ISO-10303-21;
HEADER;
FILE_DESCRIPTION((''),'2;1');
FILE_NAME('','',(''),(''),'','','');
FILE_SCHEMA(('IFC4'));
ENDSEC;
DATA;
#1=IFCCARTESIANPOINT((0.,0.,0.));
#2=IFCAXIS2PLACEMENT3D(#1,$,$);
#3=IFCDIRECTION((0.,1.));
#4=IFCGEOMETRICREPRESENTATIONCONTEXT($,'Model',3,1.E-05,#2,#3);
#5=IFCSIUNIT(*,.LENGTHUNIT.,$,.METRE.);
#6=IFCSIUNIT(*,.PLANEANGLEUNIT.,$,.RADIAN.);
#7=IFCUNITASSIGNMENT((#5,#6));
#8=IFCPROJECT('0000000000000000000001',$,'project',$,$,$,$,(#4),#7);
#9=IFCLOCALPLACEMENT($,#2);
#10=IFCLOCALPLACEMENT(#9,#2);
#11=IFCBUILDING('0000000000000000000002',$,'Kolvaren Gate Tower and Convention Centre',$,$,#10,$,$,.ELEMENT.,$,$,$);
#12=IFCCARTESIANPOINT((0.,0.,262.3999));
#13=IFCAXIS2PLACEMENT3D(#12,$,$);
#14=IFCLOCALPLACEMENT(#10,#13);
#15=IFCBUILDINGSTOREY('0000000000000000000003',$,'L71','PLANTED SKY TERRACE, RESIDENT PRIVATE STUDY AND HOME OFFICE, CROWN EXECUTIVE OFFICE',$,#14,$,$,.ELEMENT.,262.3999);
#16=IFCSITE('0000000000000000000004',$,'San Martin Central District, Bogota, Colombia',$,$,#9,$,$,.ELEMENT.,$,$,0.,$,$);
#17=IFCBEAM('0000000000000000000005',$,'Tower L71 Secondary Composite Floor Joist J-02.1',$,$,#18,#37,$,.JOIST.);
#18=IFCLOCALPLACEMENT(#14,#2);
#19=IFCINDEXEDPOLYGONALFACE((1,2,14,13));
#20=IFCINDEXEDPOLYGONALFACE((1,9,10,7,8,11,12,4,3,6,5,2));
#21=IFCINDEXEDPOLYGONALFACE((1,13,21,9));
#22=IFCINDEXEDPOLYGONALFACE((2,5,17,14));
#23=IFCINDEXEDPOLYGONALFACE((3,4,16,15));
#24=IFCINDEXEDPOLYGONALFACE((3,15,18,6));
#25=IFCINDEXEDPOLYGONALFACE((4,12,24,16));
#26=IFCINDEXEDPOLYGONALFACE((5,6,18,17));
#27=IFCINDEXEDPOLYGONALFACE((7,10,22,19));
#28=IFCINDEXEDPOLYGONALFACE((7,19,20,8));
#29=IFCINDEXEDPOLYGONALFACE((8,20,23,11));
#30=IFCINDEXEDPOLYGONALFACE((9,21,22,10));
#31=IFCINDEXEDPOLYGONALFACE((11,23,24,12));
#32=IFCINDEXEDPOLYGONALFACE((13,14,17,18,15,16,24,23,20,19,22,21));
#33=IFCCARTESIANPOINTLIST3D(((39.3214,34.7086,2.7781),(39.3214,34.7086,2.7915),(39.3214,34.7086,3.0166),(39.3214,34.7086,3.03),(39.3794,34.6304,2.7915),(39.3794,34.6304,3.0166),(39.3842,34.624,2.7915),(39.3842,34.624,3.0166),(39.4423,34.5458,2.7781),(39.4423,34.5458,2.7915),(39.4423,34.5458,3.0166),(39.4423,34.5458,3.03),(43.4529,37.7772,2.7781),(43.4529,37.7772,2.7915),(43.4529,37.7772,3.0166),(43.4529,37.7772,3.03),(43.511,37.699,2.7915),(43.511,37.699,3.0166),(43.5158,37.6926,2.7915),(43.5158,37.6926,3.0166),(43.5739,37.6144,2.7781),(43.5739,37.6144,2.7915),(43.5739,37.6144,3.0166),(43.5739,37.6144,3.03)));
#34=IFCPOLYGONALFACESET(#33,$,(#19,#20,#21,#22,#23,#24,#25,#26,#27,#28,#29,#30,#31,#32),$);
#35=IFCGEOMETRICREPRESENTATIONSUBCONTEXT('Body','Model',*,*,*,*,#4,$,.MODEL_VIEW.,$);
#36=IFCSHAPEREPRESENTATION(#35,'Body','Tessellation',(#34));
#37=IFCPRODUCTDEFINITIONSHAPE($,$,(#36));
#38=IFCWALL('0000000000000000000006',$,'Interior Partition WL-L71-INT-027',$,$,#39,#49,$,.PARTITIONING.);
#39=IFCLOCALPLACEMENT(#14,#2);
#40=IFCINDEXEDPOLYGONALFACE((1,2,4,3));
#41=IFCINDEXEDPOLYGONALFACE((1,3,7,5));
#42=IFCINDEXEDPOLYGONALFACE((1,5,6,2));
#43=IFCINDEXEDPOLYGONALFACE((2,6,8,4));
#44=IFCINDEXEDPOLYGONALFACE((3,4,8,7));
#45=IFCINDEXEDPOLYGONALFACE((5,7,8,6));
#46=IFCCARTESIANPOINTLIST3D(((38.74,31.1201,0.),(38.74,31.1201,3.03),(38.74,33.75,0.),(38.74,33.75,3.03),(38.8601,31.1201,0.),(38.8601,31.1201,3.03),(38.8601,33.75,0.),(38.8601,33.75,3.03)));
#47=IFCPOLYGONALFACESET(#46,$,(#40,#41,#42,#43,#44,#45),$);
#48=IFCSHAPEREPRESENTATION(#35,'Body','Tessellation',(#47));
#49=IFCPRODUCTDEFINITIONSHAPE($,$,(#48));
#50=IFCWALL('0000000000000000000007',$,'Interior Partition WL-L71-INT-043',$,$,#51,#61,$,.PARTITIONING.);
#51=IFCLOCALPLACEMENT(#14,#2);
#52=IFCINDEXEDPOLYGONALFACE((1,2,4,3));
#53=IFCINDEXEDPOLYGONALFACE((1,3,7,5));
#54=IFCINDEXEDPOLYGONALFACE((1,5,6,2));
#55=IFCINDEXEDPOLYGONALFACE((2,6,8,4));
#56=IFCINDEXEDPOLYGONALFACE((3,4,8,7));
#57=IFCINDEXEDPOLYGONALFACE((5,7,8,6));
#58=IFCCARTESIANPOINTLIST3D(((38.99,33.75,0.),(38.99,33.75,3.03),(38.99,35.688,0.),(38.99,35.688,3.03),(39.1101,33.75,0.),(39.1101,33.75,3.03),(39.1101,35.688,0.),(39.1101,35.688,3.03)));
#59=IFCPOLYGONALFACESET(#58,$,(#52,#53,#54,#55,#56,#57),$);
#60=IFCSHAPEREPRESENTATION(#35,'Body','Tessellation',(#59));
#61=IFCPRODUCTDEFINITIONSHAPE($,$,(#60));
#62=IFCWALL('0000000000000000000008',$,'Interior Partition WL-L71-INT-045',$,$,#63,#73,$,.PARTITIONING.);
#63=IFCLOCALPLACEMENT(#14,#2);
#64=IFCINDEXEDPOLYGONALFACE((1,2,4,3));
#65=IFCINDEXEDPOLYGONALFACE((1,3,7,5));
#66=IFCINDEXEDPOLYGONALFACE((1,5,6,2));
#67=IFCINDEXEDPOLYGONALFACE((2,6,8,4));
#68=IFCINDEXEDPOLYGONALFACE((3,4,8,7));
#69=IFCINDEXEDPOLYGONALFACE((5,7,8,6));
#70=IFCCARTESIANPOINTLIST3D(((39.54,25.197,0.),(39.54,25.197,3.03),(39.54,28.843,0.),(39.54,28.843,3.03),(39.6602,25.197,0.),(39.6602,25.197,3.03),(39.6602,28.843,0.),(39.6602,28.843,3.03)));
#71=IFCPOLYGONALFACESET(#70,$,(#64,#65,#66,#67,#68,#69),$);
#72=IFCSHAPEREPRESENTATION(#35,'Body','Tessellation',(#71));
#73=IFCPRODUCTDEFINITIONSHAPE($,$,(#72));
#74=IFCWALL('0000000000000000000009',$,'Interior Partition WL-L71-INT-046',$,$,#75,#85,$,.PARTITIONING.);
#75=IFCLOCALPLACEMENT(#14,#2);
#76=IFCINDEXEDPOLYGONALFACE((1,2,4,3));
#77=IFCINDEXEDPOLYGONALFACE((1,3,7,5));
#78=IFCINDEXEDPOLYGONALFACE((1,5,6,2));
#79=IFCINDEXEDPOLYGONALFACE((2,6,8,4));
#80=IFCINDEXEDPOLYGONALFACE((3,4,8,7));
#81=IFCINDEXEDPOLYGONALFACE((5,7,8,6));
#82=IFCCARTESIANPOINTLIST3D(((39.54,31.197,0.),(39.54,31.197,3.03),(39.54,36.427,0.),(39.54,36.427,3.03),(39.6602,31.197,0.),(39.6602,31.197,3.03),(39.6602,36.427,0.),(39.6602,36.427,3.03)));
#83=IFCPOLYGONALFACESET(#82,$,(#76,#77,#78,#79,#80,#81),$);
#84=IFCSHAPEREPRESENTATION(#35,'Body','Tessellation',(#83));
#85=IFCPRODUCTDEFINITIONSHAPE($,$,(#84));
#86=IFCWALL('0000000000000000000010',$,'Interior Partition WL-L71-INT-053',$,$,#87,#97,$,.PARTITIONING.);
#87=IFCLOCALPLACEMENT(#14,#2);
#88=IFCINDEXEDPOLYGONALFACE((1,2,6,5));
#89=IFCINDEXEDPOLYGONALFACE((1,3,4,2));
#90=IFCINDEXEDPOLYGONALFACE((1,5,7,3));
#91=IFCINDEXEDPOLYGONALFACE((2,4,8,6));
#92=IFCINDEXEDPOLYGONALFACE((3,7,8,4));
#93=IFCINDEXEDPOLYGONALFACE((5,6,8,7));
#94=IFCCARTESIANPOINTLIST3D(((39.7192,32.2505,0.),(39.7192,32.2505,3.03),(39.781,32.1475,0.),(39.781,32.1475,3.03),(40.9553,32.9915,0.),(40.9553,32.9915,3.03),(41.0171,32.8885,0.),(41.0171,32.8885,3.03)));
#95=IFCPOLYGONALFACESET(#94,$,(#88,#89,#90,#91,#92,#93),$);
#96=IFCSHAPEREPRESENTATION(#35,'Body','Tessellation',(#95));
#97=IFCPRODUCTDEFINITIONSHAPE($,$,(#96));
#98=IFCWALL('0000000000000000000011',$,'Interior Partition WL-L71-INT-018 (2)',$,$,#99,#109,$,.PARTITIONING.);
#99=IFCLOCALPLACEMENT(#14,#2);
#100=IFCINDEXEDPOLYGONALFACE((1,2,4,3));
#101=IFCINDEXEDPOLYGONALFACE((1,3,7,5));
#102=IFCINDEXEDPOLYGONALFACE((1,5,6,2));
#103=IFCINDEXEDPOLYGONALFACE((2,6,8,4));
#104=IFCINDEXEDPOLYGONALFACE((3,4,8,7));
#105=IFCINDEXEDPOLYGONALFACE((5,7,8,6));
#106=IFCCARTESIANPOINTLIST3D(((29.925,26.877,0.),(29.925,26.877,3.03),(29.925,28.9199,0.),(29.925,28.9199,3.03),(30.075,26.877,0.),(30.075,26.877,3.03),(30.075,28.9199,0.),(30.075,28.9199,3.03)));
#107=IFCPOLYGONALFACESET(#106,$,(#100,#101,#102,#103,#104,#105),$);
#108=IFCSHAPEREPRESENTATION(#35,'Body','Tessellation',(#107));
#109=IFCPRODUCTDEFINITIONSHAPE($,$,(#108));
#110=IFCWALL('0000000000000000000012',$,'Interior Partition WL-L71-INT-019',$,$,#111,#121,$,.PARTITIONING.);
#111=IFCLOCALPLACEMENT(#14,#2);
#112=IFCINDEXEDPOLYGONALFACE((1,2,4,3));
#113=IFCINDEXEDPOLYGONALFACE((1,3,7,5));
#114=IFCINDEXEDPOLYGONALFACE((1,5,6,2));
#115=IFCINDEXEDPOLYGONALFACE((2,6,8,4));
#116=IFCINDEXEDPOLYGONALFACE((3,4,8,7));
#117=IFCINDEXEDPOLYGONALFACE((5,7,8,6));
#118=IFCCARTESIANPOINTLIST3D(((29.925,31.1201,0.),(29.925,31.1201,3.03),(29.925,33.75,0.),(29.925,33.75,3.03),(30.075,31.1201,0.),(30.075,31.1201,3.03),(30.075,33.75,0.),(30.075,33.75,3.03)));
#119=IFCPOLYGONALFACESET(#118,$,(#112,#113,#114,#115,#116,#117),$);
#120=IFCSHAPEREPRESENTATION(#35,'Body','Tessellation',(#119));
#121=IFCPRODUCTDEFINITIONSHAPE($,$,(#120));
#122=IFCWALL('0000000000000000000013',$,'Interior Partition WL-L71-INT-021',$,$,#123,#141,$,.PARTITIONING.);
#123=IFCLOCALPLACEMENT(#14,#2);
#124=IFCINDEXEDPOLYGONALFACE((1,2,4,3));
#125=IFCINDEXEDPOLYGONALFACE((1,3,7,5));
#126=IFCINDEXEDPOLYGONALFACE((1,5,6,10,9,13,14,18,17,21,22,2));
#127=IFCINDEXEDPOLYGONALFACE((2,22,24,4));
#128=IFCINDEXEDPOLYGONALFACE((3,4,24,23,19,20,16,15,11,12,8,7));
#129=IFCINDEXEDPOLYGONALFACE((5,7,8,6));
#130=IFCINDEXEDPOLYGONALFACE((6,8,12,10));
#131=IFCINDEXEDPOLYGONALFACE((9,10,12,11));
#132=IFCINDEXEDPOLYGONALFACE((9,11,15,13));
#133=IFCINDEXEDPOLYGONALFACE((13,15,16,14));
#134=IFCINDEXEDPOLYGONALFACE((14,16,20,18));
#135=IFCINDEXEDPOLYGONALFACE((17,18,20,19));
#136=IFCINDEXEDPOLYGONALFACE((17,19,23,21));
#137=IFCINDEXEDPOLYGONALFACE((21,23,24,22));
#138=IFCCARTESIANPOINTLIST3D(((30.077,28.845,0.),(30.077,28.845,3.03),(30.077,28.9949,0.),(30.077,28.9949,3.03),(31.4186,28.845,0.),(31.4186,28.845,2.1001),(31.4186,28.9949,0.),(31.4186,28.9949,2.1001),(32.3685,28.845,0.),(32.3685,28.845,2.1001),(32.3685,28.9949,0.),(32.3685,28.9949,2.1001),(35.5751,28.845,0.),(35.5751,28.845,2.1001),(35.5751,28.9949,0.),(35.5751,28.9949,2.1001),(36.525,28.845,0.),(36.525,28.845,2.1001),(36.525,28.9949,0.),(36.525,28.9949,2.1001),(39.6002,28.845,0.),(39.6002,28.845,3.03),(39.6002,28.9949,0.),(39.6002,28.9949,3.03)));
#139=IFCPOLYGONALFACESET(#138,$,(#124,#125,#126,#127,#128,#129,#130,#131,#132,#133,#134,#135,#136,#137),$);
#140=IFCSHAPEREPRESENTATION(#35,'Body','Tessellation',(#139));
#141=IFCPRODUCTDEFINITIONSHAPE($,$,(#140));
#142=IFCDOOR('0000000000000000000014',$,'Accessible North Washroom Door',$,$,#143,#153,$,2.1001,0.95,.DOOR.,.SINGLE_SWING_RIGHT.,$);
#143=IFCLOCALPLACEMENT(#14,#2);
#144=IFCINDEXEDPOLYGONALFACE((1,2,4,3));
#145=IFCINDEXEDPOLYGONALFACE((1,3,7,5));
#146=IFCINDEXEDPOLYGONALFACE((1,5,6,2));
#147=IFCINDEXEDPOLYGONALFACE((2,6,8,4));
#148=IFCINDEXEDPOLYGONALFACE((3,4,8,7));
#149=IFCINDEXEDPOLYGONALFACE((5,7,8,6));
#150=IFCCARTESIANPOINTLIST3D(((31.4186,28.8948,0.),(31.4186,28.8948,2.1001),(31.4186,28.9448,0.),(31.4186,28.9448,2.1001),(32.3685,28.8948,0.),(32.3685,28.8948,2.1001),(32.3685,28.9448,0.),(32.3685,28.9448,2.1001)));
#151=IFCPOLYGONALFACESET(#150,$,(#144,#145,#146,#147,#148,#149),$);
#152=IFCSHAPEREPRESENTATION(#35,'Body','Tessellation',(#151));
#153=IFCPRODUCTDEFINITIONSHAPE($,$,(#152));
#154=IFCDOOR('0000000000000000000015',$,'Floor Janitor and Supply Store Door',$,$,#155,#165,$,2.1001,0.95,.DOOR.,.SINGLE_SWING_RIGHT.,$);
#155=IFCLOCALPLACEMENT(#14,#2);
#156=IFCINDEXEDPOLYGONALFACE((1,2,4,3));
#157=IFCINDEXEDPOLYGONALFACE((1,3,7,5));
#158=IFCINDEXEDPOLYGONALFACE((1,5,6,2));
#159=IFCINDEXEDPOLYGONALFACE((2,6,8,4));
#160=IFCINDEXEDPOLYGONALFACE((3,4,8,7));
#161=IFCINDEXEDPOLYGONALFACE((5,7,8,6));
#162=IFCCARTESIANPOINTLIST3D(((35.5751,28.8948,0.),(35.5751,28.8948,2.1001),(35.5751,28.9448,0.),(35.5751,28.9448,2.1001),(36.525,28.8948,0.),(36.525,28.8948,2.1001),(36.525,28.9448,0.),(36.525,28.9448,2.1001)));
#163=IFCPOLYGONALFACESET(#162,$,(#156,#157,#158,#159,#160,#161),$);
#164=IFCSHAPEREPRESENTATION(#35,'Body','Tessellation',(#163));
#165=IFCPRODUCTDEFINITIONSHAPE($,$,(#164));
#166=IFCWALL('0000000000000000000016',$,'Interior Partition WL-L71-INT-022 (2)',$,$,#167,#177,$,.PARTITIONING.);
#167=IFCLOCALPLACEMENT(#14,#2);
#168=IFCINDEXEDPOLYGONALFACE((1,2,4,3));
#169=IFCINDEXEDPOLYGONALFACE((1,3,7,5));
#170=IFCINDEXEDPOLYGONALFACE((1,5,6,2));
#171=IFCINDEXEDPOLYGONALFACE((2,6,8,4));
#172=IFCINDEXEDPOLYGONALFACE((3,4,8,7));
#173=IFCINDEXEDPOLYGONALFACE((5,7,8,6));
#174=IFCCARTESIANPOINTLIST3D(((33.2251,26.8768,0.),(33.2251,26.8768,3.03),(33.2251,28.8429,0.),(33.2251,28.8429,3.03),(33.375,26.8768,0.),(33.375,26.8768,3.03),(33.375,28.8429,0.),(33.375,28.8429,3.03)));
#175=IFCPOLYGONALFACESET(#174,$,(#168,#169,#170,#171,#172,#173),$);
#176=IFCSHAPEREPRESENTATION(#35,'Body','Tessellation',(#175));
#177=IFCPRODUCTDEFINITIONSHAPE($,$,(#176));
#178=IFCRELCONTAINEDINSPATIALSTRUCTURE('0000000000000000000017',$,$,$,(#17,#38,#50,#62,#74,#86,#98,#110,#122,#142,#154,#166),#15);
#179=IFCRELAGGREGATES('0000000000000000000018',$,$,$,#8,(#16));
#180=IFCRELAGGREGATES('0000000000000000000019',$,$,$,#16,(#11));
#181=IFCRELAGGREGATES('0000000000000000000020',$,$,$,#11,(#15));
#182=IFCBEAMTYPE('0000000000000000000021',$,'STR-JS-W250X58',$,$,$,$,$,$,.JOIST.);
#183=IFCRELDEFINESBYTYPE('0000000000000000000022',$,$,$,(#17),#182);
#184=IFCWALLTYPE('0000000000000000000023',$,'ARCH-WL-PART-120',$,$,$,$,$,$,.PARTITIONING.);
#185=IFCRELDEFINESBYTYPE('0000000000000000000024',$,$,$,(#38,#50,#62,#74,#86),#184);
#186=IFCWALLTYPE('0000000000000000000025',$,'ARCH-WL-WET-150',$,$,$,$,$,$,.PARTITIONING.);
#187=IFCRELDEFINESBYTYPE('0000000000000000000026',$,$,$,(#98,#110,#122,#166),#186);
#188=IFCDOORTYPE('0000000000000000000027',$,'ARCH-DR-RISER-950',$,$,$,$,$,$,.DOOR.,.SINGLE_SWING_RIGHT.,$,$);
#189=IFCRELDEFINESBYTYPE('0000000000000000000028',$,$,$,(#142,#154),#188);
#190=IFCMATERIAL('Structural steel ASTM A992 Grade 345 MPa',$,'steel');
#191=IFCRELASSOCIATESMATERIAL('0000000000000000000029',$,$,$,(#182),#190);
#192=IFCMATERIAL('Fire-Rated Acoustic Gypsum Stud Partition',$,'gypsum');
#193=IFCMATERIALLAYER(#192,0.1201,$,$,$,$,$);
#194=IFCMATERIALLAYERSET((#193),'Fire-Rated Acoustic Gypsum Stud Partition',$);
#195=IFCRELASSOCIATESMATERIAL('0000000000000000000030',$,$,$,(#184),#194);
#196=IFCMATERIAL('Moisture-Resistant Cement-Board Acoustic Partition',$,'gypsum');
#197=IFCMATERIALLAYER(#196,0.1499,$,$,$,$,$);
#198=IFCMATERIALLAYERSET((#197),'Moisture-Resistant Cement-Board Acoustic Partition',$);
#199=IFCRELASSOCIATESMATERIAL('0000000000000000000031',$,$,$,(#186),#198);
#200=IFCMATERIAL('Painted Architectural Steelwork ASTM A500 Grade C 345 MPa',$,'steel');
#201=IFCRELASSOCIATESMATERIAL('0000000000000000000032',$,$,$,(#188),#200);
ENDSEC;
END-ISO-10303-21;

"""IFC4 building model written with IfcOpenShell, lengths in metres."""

from ifc_helpers import new_model, si_unit, direction, frame, frame_2d, origin, origin_2d, place, context, subcontext, project, spatial, rectangle, i_section, extrude, material, layer, layer_set, material_profile, profile_set, type_object, element, fill, save


model = new_model("IFC4")

# Units and contexts
model_context = context("Model", 3, precision=1e-05, world=origin(), true_north=direction((0.0, 1.0)))
body_context = subcontext(model_context, "Body", "Model", "MODEL_VIEW")
ifc_project = project(units=[si_unit("LENGTHUNIT", "METRE"), si_unit("PLANEANGLEUNIT", "RADIAN")], contexts=[model_context])

# Site, building, storey
site_placement = place(None, origin())
site = spatial("IfcSite", under=ifc_project, at=site_placement, Name="San Martin Central District, Bogota, Colombia", CompositionType="ELEMENT", RefElevation=0.0)
building_placement = place(site_placement, origin())
building = spatial("IfcBuilding", under=site, at=building_placement, Name="Kolvaren Gate Tower and Convention Centre", CompositionType="ELEMENT")
storey_placement = place(building_placement, frame((0.0, 0.0, 262.3999)))
storey = spatial("IfcBuildingStorey", under=building, at=storey_placement, Name="L71", Description="PLANTED SKY TERRACE, RESIDENT PRIVATE STUDY AND HOME OFFICE, CROWN EXECUTIVE OFFICE", CompositionType="ELEMENT", Elevation=262.3999)

# Beam
ifc_material_1 = material(Name="Structural steel ASTM A992 Grade 345 MPa", Category="steel")
ifc_material_profile = material_profile(ifc_material_1, i_section(OverallWidth=0.2029, OverallDepth=0.252, WebThickness=0.0081, FlangeThickness=0.0134, at=origin_2d()), Name="W250X58")
ifc_profile_set = profile_set([ifc_material_profile], Name="Structural steel ASTM A992 Grade 345 MPa")
beam_type = type_object("IfcBeamType", Name="STR-JS-W250X58", PredefinedType="JOIST", material=ifc_profile_set)
beam_placement = place(storey_placement, frame((39.3818, 34.6272, 2.9041), z_axis=(0.802798, 0.596252, 0.0), x_axis=(-0.596252, 0.802798, 0.0)))
element("IfcBeam", 1, at=beam_placement, inside=storey, type_object=beam_type, Name="Tower L71 Secondary Composite Floor Joist J-02.1", PredefinedType="JOIST", context=body_context, shape_type="SweptSolid", body=[
    extrude(i_section(OverallWidth=0.2029, OverallDepth=0.252, WebThickness=0.0081, FlangeThickness=0.0134, at=origin_2d()), origin(), (0.0, 0.0, 1.0), 5.1465),
])

# Walls
ifc_material_2 = material(Name="Fire-Rated Acoustic Gypsum Stud Partition", Category="gypsum")
ifc_layer_1 = layer(ifc_material_2, 0.1201)
ifc_layer_set_1 = layer_set([ifc_layer_1], Name="Fire-Rated Acoustic Gypsum Stud Partition")
wall_type_1 = type_object("IfcWallType", Name="ARCH-WL-PART-120", PredefinedType="PARTITIONING", material=ifc_layer_set_1)
wall_1_placement = place(storey_placement, frame((38.8, 31.1201, 0.0), z_axis=(0.0, 0.0, 1.0), x_axis=(0.0, 1.0, 0.0)))
element("IfcWall", 2, at=wall_1_placement, inside=storey, type_object=wall_type_1, Name="Interior Partition WL-L71-INT-027", PredefinedType="PARTITIONING", context=body_context, shape_type="SweptSolid", body=[
    extrude(rectangle(XDim=2.6299, YDim=0.1201, at=frame_2d((1.3149, 0.0))), origin(), (0.0, 0.0, 1.0), 3.03),
])
wall_2_placement = place(storey_placement, frame((39.05, 33.75, 0.0), z_axis=(0.0, 0.0, 1.0), x_axis=(0.0, 1.0, 0.0)))
element("IfcWall", 3, at=wall_2_placement, inside=storey, type_object=wall_type_1, Name="Interior Partition WL-L71-INT-043", PredefinedType="PARTITIONING", context=body_context, shape_type="SweptSolid", body=[
    extrude(rectangle(XDim=1.938, YDim=0.1201, at=frame_2d((0.969, 0.0))), origin(), (0.0, 0.0, 1.0), 3.03),
])
wall_3_placement = place(storey_placement, frame((39.6001, 25.197, 0.0), z_axis=(0.0, 0.0, 1.0), x_axis=(0.0, 1.0, 0.0)))
element("IfcWall", 4, at=wall_3_placement, inside=storey, type_object=wall_type_1, Name="Interior Partition WL-L71-INT-045", PredefinedType="PARTITIONING", context=body_context, shape_type="SweptSolid", body=[
    extrude(rectangle(XDim=3.646, YDim=0.1201, at=frame_2d((1.823, 0.0))), origin(), (0.0, 0.0, 1.0), 3.03),
])
wall_4_placement = place(storey_placement, frame((39.6001, 31.197, 0.0), z_axis=(0.0, 0.0, 1.0), x_axis=(0.0, 1.0, 0.0)))
element("IfcWall", 5, at=wall_4_placement, inside=storey, type_object=wall_type_1, Name="Interior Partition WL-L71-INT-046", PredefinedType="PARTITIONING", context=body_context, shape_type="SweptSolid", body=[
    extrude(rectangle(XDim=5.23, YDim=0.1201, at=frame_2d((2.615, 0.0))), origin(), (0.0, 0.0, 1.0), 3.03),
])
wall_5_placement = place(storey_placement, frame((39.75, 32.199, 0.0), z_axis=(0.0, 0.0, 1.0), x_axis=(0.857702, 0.514147, 0.0)))
element("IfcWall", 6, at=wall_5_placement, inside=storey, type_object=wall_type_1, Name="Interior Partition WL-L71-INT-053", PredefinedType="PARTITIONING", context=body_context, shape_type="SweptSolid", body=[
    extrude(rectangle(XDim=1.4412, YDim=0.1201, at=frame_2d((0.7207, 0.0))), origin(), (0.0, 0.0, 1.0), 3.03),
])
ifc_material_3 = material(Name="Moisture-Resistant Cement-Board Acoustic Partition", Category="gypsum")
ifc_layer_2 = layer(ifc_material_3, 0.1499)
ifc_layer_set_2 = layer_set([ifc_layer_2], Name="Moisture-Resistant Cement-Board Acoustic Partition")
wall_type_2 = type_object("IfcWallType", Name="ARCH-WL-WET-150", PredefinedType="PARTITIONING", material=ifc_layer_set_2)
wall_6_placement = place(storey_placement, frame((30.0, 26.877, 0.0), z_axis=(0.0, 0.0, 1.0), x_axis=(0.0, 1.0, 0.0)))
element("IfcWall", 7, at=wall_6_placement, inside=storey, type_object=wall_type_2, Name="Interior Partition WL-L71-INT-018 (2)", PredefinedType="PARTITIONING", context=body_context, shape_type="SweptSolid", body=[
    extrude(rectangle(XDim=2.043, YDim=0.1499, at=frame_2d((1.0215, 0.0))), origin(), (0.0, 0.0, 1.0), 3.03),
])
wall_7_placement = place(storey_placement, frame((30.0, 31.1201, 0.0), z_axis=(0.0, 0.0, 1.0), x_axis=(0.0, 1.0, 0.0)))
element("IfcWall", 8, at=wall_7_placement, inside=storey, type_object=wall_type_2, Name="Interior Partition WL-L71-INT-019", PredefinedType="PARTITIONING", context=body_context, shape_type="SweptSolid", body=[
    extrude(rectangle(XDim=2.6299, YDim=0.1499, at=frame_2d((1.3149, 0.0))), origin(), (0.0, 0.0, 1.0), 3.03),
])

# Wall, openings, doors
wall_8_placement = place(storey_placement, frame((30.0769, 28.9199, 0.0), z_axis=(0.0, 0.0, 1.0), x_axis=(1.0, 0.0, 0.0)))
wall_8 = element("IfcWall", 9, at=wall_8_placement, inside=storey, type_object=wall_type_2, Name="Interior Partition WL-L71-INT-021", PredefinedType="PARTITIONING", context=body_context, shape_type="SweptSolid", body=[
    extrude(rectangle(XDim=9.5232, YDim=0.1499, at=frame_2d((4.7617, 0.0))), origin(), (0.0, 0.0, 1.0), 3.03),
])
opening_1_placement = place(wall_8_placement, frame((1.3416, 0.0, 0.0)))
opening_1 = element("IfcOpeningElement", 10, at=opening_1_placement, cuts=wall_8, PredefinedType="OPENING", context=body_context, shape_type="SweptSolid", body=[
    extrude(rectangle(XDim=0.95, YDim=2.1001, at=frame_2d((0.4751, 1.05))), frame((0.0, 0.085, 0.0), z_axis=(0.0, -1.0, 0.0), x_axis=(1.0, 0.0, 0.0)), (0.0, 0.0, 1.0), 0.1699),
])
opening_2_placement = place(wall_8_placement, frame((5.498, 0.0, 0.0)))
opening_2 = element("IfcOpeningElement", 11, at=opening_2_placement, cuts=wall_8, PredefinedType="OPENING", context=body_context, shape_type="SweptSolid", body=[
    extrude(rectangle(XDim=0.95, YDim=2.1001, at=frame_2d((0.4751, 1.05))), frame((0.0, 0.085, 0.0), z_axis=(0.0, -1.0, 0.0), x_axis=(1.0, 0.0, 0.0)), (0.0, 0.0, 1.0), 0.1699),
])
ifc_material_4 = material(Name="Painted Architectural Steelwork ASTM A500 Grade C 345 MPa", Category="steel")
door_type = type_object("IfcDoorType", Name="ARCH-DR-RISER-950", OperationType="SINGLE_SWING_RIGHT", PredefinedType="DOOR", material=ifc_material_4)
door_1_placement = place(opening_1_placement, origin())
door_1 = element("IfcDoor", 12, at=door_1_placement, inside=storey, type_object=door_type, Name="Accessible North Washroom Door", OperationType="SINGLE_SWING_RIGHT", OverallHeight=2.1001, OverallWidth=0.95, PredefinedType="DOOR", context=body_context, shape_type="SweptSolid", body=[
    extrude(rectangle(XDim=0.95, YDim=2.1001, at=frame_2d((0.4751, 1.05))), frame((0.0, 0.0249, 0.0), z_axis=(0.0, -1.0, 0.0), x_axis=(1.0, 0.0, 0.0)), (0.0, 0.0, 1.0), 0.05),
])
fill(opening_1, door_1)
door_2_placement = place(opening_2_placement, origin())
door_2 = element("IfcDoor", 13, at=door_2_placement, inside=storey, type_object=door_type, Name="Floor Janitor and Supply Store Door", OperationType="SINGLE_SWING_RIGHT", OverallHeight=2.1001, OverallWidth=0.95, PredefinedType="DOOR", context=body_context, shape_type="SweptSolid", body=[
    extrude(rectangle(XDim=0.95, YDim=2.1001, at=frame_2d((0.4751, 1.05))), frame((0.0, 0.0249, 0.0), z_axis=(0.0, -1.0, 0.0), x_axis=(1.0, 0.0, 0.0)), (0.0, 0.0, 1.0), 0.05),
])
fill(opening_2, door_2)

# Wall
wall_9_placement = place(storey_placement, frame((33.3, 26.877, 0.0), z_axis=(0.0, 0.0, 1.0), x_axis=(0.0, 1.0, 0.0)))
element("IfcWall", 14, at=wall_9_placement, inside=storey, type_object=wall_type_2, Name="Interior Partition WL-L71-INT-022 (2)", PredefinedType="PARTITIONING", context=body_context, shape_type="SweptSolid", body=[
    extrude(rectangle(XDim=1.9661, YDim=0.1499, at=frame_2d((0.9829, 0.0))), origin(), (0.0, 0.0, 1.0), 3.03),
])

save(model, "model.ifc")
